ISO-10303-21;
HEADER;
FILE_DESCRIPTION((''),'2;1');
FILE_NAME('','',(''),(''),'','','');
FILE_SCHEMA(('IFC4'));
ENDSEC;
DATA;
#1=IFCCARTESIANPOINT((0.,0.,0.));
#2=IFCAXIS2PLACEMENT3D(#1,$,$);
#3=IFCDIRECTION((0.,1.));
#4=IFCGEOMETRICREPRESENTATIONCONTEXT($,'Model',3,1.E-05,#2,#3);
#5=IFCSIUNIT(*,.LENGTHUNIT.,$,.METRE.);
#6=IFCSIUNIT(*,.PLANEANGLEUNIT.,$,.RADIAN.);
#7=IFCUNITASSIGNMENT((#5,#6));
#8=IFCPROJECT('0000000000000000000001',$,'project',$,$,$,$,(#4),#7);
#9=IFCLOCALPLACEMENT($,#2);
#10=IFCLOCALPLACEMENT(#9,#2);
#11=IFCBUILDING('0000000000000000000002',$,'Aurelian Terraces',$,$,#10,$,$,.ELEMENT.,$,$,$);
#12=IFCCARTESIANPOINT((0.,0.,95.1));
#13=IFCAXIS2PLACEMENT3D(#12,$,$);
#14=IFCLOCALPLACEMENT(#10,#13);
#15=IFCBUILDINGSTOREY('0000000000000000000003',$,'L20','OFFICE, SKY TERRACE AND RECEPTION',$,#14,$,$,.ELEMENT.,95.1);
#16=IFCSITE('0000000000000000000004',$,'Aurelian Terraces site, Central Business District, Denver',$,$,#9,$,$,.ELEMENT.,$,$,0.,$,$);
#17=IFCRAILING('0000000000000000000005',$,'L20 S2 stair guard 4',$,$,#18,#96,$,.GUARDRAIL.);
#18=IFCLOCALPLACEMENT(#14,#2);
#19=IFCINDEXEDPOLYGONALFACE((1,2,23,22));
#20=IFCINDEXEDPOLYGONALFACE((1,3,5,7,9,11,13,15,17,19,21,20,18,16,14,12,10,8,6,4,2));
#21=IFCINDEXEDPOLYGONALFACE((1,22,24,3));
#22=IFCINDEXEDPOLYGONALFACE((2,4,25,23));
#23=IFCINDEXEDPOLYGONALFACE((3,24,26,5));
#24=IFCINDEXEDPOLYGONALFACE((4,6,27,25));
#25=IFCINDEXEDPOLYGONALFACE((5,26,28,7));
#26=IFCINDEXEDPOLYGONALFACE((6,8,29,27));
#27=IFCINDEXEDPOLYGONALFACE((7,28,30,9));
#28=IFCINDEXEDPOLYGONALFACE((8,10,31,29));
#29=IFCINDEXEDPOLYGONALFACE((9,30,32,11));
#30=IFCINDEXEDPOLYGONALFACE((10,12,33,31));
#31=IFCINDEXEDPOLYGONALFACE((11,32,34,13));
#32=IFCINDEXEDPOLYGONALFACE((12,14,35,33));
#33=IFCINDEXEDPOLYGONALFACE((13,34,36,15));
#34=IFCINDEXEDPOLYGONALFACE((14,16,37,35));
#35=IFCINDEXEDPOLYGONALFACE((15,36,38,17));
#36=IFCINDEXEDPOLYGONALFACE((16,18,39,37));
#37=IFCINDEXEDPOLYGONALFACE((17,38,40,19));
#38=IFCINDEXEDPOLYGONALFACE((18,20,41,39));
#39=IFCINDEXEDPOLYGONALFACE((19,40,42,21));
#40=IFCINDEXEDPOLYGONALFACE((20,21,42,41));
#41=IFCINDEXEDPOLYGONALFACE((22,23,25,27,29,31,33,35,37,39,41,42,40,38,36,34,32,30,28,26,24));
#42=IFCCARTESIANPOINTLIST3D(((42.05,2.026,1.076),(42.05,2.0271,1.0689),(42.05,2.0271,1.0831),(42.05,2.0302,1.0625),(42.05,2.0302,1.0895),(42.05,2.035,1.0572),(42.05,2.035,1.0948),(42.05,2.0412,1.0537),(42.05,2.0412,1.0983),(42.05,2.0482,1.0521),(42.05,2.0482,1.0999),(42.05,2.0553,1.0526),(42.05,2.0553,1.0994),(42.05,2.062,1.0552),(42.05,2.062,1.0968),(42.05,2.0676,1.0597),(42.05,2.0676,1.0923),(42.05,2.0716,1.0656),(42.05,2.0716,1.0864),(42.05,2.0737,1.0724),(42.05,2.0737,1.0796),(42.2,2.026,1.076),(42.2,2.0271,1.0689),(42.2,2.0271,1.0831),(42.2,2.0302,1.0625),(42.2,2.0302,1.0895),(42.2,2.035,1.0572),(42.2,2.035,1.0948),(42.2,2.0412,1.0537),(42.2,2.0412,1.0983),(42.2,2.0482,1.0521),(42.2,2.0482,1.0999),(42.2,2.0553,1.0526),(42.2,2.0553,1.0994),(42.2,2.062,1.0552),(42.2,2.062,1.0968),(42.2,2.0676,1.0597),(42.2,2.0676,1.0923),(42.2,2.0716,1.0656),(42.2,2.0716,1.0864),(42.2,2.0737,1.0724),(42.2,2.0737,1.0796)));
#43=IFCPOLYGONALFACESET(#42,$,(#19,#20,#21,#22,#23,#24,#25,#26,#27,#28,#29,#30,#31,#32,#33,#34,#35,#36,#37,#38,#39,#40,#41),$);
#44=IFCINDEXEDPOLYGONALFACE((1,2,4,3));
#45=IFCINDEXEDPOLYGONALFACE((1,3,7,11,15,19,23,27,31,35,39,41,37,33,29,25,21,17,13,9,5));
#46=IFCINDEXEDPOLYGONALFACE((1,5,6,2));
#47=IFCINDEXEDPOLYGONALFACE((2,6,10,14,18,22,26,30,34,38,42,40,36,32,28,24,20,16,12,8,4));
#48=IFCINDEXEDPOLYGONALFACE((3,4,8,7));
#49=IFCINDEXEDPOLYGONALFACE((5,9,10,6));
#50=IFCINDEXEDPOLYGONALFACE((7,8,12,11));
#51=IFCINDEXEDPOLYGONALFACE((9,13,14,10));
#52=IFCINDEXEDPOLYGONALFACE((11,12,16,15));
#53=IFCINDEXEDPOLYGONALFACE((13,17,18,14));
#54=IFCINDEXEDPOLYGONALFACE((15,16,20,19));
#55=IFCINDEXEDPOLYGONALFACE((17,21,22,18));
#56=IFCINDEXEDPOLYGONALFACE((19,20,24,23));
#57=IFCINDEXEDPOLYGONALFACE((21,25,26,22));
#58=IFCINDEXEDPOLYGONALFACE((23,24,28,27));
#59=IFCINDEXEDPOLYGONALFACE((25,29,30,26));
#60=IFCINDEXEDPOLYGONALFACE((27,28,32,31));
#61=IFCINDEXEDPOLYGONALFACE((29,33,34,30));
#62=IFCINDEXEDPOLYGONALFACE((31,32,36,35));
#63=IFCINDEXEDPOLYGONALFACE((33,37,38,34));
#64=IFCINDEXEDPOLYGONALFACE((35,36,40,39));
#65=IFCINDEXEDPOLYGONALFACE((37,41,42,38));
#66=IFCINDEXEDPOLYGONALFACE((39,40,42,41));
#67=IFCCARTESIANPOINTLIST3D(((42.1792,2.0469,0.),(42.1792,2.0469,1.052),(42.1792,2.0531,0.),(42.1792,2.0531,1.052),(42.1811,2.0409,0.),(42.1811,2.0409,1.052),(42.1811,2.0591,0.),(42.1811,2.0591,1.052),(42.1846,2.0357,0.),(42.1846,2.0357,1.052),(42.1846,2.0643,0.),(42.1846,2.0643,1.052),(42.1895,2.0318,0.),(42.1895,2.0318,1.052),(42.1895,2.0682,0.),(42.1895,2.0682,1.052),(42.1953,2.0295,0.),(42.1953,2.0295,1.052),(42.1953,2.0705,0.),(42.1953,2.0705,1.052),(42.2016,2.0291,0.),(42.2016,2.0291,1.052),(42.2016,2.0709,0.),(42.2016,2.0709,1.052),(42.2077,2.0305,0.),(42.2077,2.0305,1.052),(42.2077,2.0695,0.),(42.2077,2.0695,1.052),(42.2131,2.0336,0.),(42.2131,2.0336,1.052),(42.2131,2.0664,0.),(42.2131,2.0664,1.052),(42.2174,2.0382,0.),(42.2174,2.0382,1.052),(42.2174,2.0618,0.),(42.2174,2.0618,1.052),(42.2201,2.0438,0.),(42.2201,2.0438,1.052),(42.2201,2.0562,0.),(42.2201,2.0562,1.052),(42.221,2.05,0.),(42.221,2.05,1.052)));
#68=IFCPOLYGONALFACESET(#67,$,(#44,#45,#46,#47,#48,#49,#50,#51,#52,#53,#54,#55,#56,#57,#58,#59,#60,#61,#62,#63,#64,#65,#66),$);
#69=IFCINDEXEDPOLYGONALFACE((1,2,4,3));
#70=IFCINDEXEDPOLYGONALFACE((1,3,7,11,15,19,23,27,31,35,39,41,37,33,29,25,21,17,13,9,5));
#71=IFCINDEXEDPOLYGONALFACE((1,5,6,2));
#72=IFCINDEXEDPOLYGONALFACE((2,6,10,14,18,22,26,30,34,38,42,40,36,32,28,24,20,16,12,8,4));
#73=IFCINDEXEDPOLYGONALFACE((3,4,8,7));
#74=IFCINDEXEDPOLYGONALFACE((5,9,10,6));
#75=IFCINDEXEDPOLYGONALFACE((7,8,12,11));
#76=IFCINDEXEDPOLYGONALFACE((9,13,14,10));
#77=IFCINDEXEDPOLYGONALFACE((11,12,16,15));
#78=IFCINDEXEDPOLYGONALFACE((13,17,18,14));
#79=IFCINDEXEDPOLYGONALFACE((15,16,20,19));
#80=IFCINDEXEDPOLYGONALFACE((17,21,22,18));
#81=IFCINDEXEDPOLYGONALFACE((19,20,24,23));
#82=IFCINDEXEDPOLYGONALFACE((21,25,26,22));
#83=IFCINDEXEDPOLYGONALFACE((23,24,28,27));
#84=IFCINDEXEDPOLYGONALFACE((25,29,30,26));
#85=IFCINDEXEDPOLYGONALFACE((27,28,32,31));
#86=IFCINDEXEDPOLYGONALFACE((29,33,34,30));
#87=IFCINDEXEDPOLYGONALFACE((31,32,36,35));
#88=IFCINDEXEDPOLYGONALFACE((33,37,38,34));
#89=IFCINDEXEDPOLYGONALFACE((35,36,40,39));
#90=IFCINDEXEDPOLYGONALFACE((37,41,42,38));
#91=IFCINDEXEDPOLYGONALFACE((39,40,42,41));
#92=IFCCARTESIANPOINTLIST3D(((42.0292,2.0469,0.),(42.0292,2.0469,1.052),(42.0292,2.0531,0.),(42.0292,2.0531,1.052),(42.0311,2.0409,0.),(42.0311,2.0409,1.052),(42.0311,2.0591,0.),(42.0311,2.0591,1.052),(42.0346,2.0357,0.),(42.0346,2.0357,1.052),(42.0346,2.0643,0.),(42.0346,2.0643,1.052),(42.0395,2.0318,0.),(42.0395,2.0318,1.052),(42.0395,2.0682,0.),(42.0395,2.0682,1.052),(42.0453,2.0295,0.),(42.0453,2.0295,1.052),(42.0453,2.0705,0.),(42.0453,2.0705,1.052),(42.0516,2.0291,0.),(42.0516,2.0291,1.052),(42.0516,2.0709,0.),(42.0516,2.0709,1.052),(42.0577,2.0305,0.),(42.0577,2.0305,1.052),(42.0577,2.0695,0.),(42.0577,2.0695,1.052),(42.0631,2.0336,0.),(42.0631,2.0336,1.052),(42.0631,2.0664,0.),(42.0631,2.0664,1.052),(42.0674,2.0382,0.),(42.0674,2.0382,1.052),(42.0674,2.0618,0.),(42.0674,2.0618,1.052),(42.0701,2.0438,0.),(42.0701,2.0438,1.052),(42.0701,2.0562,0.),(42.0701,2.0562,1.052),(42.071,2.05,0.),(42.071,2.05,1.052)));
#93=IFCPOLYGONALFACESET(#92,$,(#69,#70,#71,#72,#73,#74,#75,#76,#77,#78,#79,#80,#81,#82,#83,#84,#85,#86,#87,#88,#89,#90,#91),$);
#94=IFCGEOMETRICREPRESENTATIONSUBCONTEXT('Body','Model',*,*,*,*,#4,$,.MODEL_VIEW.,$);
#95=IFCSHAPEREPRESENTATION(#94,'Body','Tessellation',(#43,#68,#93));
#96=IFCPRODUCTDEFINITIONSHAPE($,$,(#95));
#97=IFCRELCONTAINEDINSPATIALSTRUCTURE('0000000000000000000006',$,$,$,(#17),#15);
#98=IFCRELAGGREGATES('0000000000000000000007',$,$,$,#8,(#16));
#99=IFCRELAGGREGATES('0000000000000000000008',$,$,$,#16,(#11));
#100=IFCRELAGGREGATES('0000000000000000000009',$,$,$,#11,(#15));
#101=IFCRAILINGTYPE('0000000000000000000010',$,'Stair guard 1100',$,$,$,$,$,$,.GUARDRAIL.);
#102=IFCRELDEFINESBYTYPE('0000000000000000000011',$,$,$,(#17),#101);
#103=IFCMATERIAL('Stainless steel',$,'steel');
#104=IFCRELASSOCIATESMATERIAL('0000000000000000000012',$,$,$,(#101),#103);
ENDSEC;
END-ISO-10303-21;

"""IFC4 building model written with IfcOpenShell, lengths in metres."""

from ifc_helpers import new_model, si_unit, direction, frame, origin, origin_2d, place, context, subcontext, project, spatial, circle, extrude, source, transform, mapped, material, type_object, element, save


model = new_model("IFC4")

# Units and contexts
model_context = context("Model", 3, precision=1e-05, world=origin(), true_north=direction((0.0, 1.0)))
body_context = subcontext(model_context, "Body", "Model", "MODEL_VIEW")
ifc_project = project(units=[si_unit("LENGTHUNIT", "METRE"), si_unit("PLANEANGLEUNIT", "RADIAN")], contexts=[model_context])

# Site, building, storey
site_placement = place(None, origin())
site = spatial("IfcSite", under=ifc_project, at=site_placement, Name="Aurelian Terraces site, Central Business District, Denver", CompositionType="ELEMENT", RefElevation=0.0)
building_placement = place(site_placement, origin())
building = spatial("IfcBuilding", under=site, at=building_placement, Name="Aurelian Terraces", CompositionType="ELEMENT")
storey_placement = place(building_placement, frame((0.0, 0.0, 95.1)))
storey = spatial("IfcBuildingStorey", under=building, at=storey_placement, Name="L20", Description="OFFICE, SKY TERRACE AND RECEPTION", CompositionType="ELEMENT", Elevation=95.1)

# Railing
ifc_material_1 = material(Name="Stainless steel", Category="steel")
railing_type_1 = type_object("IfcRailingType", Name="Stair guard 1100", PredefinedType="GUARDRAIL", material=ifc_material_1)
shared_shape_1 = source(origin(), body_context, "Body", "SweptSolid", [
    extrude(circle(Radius=0.024, at=origin_2d()), frame((0.0, 0.0, 1.076), z_axis=(-1.0, 0.0, 0.0), x_axis=(0.0, -1.0, 0.0)), (0.0, 0.0, 1.0), 0.15),
    extrude(circle(Radius=0.021, at=origin_2d()), origin(), (0.0, 0.0, 1.0), 1.052),
    extrude(circle(Radius=0.021, at=origin_2d()), frame((-0.15, 0.0, 0.0)), (0.0, 0.0, 1.0), 1.052),
])
for number, where, name in (
    (1, (42.2, 2.05, 0.0), "L20 S2 stair guard 4"),
):
    element("IfcRailing", number, at=place(storey_placement, frame(where)), inside=storey, type_object=railing_type_1, Name=name, PredefinedType="GUARDRAIL", context=body_context, shape_type="MappedRepresentation", body=[
        mapped(shared_shape_1, transform((0.0, 0.0, 0.0), scale=1.0)),
    ])

save(model, "model.ifc")
